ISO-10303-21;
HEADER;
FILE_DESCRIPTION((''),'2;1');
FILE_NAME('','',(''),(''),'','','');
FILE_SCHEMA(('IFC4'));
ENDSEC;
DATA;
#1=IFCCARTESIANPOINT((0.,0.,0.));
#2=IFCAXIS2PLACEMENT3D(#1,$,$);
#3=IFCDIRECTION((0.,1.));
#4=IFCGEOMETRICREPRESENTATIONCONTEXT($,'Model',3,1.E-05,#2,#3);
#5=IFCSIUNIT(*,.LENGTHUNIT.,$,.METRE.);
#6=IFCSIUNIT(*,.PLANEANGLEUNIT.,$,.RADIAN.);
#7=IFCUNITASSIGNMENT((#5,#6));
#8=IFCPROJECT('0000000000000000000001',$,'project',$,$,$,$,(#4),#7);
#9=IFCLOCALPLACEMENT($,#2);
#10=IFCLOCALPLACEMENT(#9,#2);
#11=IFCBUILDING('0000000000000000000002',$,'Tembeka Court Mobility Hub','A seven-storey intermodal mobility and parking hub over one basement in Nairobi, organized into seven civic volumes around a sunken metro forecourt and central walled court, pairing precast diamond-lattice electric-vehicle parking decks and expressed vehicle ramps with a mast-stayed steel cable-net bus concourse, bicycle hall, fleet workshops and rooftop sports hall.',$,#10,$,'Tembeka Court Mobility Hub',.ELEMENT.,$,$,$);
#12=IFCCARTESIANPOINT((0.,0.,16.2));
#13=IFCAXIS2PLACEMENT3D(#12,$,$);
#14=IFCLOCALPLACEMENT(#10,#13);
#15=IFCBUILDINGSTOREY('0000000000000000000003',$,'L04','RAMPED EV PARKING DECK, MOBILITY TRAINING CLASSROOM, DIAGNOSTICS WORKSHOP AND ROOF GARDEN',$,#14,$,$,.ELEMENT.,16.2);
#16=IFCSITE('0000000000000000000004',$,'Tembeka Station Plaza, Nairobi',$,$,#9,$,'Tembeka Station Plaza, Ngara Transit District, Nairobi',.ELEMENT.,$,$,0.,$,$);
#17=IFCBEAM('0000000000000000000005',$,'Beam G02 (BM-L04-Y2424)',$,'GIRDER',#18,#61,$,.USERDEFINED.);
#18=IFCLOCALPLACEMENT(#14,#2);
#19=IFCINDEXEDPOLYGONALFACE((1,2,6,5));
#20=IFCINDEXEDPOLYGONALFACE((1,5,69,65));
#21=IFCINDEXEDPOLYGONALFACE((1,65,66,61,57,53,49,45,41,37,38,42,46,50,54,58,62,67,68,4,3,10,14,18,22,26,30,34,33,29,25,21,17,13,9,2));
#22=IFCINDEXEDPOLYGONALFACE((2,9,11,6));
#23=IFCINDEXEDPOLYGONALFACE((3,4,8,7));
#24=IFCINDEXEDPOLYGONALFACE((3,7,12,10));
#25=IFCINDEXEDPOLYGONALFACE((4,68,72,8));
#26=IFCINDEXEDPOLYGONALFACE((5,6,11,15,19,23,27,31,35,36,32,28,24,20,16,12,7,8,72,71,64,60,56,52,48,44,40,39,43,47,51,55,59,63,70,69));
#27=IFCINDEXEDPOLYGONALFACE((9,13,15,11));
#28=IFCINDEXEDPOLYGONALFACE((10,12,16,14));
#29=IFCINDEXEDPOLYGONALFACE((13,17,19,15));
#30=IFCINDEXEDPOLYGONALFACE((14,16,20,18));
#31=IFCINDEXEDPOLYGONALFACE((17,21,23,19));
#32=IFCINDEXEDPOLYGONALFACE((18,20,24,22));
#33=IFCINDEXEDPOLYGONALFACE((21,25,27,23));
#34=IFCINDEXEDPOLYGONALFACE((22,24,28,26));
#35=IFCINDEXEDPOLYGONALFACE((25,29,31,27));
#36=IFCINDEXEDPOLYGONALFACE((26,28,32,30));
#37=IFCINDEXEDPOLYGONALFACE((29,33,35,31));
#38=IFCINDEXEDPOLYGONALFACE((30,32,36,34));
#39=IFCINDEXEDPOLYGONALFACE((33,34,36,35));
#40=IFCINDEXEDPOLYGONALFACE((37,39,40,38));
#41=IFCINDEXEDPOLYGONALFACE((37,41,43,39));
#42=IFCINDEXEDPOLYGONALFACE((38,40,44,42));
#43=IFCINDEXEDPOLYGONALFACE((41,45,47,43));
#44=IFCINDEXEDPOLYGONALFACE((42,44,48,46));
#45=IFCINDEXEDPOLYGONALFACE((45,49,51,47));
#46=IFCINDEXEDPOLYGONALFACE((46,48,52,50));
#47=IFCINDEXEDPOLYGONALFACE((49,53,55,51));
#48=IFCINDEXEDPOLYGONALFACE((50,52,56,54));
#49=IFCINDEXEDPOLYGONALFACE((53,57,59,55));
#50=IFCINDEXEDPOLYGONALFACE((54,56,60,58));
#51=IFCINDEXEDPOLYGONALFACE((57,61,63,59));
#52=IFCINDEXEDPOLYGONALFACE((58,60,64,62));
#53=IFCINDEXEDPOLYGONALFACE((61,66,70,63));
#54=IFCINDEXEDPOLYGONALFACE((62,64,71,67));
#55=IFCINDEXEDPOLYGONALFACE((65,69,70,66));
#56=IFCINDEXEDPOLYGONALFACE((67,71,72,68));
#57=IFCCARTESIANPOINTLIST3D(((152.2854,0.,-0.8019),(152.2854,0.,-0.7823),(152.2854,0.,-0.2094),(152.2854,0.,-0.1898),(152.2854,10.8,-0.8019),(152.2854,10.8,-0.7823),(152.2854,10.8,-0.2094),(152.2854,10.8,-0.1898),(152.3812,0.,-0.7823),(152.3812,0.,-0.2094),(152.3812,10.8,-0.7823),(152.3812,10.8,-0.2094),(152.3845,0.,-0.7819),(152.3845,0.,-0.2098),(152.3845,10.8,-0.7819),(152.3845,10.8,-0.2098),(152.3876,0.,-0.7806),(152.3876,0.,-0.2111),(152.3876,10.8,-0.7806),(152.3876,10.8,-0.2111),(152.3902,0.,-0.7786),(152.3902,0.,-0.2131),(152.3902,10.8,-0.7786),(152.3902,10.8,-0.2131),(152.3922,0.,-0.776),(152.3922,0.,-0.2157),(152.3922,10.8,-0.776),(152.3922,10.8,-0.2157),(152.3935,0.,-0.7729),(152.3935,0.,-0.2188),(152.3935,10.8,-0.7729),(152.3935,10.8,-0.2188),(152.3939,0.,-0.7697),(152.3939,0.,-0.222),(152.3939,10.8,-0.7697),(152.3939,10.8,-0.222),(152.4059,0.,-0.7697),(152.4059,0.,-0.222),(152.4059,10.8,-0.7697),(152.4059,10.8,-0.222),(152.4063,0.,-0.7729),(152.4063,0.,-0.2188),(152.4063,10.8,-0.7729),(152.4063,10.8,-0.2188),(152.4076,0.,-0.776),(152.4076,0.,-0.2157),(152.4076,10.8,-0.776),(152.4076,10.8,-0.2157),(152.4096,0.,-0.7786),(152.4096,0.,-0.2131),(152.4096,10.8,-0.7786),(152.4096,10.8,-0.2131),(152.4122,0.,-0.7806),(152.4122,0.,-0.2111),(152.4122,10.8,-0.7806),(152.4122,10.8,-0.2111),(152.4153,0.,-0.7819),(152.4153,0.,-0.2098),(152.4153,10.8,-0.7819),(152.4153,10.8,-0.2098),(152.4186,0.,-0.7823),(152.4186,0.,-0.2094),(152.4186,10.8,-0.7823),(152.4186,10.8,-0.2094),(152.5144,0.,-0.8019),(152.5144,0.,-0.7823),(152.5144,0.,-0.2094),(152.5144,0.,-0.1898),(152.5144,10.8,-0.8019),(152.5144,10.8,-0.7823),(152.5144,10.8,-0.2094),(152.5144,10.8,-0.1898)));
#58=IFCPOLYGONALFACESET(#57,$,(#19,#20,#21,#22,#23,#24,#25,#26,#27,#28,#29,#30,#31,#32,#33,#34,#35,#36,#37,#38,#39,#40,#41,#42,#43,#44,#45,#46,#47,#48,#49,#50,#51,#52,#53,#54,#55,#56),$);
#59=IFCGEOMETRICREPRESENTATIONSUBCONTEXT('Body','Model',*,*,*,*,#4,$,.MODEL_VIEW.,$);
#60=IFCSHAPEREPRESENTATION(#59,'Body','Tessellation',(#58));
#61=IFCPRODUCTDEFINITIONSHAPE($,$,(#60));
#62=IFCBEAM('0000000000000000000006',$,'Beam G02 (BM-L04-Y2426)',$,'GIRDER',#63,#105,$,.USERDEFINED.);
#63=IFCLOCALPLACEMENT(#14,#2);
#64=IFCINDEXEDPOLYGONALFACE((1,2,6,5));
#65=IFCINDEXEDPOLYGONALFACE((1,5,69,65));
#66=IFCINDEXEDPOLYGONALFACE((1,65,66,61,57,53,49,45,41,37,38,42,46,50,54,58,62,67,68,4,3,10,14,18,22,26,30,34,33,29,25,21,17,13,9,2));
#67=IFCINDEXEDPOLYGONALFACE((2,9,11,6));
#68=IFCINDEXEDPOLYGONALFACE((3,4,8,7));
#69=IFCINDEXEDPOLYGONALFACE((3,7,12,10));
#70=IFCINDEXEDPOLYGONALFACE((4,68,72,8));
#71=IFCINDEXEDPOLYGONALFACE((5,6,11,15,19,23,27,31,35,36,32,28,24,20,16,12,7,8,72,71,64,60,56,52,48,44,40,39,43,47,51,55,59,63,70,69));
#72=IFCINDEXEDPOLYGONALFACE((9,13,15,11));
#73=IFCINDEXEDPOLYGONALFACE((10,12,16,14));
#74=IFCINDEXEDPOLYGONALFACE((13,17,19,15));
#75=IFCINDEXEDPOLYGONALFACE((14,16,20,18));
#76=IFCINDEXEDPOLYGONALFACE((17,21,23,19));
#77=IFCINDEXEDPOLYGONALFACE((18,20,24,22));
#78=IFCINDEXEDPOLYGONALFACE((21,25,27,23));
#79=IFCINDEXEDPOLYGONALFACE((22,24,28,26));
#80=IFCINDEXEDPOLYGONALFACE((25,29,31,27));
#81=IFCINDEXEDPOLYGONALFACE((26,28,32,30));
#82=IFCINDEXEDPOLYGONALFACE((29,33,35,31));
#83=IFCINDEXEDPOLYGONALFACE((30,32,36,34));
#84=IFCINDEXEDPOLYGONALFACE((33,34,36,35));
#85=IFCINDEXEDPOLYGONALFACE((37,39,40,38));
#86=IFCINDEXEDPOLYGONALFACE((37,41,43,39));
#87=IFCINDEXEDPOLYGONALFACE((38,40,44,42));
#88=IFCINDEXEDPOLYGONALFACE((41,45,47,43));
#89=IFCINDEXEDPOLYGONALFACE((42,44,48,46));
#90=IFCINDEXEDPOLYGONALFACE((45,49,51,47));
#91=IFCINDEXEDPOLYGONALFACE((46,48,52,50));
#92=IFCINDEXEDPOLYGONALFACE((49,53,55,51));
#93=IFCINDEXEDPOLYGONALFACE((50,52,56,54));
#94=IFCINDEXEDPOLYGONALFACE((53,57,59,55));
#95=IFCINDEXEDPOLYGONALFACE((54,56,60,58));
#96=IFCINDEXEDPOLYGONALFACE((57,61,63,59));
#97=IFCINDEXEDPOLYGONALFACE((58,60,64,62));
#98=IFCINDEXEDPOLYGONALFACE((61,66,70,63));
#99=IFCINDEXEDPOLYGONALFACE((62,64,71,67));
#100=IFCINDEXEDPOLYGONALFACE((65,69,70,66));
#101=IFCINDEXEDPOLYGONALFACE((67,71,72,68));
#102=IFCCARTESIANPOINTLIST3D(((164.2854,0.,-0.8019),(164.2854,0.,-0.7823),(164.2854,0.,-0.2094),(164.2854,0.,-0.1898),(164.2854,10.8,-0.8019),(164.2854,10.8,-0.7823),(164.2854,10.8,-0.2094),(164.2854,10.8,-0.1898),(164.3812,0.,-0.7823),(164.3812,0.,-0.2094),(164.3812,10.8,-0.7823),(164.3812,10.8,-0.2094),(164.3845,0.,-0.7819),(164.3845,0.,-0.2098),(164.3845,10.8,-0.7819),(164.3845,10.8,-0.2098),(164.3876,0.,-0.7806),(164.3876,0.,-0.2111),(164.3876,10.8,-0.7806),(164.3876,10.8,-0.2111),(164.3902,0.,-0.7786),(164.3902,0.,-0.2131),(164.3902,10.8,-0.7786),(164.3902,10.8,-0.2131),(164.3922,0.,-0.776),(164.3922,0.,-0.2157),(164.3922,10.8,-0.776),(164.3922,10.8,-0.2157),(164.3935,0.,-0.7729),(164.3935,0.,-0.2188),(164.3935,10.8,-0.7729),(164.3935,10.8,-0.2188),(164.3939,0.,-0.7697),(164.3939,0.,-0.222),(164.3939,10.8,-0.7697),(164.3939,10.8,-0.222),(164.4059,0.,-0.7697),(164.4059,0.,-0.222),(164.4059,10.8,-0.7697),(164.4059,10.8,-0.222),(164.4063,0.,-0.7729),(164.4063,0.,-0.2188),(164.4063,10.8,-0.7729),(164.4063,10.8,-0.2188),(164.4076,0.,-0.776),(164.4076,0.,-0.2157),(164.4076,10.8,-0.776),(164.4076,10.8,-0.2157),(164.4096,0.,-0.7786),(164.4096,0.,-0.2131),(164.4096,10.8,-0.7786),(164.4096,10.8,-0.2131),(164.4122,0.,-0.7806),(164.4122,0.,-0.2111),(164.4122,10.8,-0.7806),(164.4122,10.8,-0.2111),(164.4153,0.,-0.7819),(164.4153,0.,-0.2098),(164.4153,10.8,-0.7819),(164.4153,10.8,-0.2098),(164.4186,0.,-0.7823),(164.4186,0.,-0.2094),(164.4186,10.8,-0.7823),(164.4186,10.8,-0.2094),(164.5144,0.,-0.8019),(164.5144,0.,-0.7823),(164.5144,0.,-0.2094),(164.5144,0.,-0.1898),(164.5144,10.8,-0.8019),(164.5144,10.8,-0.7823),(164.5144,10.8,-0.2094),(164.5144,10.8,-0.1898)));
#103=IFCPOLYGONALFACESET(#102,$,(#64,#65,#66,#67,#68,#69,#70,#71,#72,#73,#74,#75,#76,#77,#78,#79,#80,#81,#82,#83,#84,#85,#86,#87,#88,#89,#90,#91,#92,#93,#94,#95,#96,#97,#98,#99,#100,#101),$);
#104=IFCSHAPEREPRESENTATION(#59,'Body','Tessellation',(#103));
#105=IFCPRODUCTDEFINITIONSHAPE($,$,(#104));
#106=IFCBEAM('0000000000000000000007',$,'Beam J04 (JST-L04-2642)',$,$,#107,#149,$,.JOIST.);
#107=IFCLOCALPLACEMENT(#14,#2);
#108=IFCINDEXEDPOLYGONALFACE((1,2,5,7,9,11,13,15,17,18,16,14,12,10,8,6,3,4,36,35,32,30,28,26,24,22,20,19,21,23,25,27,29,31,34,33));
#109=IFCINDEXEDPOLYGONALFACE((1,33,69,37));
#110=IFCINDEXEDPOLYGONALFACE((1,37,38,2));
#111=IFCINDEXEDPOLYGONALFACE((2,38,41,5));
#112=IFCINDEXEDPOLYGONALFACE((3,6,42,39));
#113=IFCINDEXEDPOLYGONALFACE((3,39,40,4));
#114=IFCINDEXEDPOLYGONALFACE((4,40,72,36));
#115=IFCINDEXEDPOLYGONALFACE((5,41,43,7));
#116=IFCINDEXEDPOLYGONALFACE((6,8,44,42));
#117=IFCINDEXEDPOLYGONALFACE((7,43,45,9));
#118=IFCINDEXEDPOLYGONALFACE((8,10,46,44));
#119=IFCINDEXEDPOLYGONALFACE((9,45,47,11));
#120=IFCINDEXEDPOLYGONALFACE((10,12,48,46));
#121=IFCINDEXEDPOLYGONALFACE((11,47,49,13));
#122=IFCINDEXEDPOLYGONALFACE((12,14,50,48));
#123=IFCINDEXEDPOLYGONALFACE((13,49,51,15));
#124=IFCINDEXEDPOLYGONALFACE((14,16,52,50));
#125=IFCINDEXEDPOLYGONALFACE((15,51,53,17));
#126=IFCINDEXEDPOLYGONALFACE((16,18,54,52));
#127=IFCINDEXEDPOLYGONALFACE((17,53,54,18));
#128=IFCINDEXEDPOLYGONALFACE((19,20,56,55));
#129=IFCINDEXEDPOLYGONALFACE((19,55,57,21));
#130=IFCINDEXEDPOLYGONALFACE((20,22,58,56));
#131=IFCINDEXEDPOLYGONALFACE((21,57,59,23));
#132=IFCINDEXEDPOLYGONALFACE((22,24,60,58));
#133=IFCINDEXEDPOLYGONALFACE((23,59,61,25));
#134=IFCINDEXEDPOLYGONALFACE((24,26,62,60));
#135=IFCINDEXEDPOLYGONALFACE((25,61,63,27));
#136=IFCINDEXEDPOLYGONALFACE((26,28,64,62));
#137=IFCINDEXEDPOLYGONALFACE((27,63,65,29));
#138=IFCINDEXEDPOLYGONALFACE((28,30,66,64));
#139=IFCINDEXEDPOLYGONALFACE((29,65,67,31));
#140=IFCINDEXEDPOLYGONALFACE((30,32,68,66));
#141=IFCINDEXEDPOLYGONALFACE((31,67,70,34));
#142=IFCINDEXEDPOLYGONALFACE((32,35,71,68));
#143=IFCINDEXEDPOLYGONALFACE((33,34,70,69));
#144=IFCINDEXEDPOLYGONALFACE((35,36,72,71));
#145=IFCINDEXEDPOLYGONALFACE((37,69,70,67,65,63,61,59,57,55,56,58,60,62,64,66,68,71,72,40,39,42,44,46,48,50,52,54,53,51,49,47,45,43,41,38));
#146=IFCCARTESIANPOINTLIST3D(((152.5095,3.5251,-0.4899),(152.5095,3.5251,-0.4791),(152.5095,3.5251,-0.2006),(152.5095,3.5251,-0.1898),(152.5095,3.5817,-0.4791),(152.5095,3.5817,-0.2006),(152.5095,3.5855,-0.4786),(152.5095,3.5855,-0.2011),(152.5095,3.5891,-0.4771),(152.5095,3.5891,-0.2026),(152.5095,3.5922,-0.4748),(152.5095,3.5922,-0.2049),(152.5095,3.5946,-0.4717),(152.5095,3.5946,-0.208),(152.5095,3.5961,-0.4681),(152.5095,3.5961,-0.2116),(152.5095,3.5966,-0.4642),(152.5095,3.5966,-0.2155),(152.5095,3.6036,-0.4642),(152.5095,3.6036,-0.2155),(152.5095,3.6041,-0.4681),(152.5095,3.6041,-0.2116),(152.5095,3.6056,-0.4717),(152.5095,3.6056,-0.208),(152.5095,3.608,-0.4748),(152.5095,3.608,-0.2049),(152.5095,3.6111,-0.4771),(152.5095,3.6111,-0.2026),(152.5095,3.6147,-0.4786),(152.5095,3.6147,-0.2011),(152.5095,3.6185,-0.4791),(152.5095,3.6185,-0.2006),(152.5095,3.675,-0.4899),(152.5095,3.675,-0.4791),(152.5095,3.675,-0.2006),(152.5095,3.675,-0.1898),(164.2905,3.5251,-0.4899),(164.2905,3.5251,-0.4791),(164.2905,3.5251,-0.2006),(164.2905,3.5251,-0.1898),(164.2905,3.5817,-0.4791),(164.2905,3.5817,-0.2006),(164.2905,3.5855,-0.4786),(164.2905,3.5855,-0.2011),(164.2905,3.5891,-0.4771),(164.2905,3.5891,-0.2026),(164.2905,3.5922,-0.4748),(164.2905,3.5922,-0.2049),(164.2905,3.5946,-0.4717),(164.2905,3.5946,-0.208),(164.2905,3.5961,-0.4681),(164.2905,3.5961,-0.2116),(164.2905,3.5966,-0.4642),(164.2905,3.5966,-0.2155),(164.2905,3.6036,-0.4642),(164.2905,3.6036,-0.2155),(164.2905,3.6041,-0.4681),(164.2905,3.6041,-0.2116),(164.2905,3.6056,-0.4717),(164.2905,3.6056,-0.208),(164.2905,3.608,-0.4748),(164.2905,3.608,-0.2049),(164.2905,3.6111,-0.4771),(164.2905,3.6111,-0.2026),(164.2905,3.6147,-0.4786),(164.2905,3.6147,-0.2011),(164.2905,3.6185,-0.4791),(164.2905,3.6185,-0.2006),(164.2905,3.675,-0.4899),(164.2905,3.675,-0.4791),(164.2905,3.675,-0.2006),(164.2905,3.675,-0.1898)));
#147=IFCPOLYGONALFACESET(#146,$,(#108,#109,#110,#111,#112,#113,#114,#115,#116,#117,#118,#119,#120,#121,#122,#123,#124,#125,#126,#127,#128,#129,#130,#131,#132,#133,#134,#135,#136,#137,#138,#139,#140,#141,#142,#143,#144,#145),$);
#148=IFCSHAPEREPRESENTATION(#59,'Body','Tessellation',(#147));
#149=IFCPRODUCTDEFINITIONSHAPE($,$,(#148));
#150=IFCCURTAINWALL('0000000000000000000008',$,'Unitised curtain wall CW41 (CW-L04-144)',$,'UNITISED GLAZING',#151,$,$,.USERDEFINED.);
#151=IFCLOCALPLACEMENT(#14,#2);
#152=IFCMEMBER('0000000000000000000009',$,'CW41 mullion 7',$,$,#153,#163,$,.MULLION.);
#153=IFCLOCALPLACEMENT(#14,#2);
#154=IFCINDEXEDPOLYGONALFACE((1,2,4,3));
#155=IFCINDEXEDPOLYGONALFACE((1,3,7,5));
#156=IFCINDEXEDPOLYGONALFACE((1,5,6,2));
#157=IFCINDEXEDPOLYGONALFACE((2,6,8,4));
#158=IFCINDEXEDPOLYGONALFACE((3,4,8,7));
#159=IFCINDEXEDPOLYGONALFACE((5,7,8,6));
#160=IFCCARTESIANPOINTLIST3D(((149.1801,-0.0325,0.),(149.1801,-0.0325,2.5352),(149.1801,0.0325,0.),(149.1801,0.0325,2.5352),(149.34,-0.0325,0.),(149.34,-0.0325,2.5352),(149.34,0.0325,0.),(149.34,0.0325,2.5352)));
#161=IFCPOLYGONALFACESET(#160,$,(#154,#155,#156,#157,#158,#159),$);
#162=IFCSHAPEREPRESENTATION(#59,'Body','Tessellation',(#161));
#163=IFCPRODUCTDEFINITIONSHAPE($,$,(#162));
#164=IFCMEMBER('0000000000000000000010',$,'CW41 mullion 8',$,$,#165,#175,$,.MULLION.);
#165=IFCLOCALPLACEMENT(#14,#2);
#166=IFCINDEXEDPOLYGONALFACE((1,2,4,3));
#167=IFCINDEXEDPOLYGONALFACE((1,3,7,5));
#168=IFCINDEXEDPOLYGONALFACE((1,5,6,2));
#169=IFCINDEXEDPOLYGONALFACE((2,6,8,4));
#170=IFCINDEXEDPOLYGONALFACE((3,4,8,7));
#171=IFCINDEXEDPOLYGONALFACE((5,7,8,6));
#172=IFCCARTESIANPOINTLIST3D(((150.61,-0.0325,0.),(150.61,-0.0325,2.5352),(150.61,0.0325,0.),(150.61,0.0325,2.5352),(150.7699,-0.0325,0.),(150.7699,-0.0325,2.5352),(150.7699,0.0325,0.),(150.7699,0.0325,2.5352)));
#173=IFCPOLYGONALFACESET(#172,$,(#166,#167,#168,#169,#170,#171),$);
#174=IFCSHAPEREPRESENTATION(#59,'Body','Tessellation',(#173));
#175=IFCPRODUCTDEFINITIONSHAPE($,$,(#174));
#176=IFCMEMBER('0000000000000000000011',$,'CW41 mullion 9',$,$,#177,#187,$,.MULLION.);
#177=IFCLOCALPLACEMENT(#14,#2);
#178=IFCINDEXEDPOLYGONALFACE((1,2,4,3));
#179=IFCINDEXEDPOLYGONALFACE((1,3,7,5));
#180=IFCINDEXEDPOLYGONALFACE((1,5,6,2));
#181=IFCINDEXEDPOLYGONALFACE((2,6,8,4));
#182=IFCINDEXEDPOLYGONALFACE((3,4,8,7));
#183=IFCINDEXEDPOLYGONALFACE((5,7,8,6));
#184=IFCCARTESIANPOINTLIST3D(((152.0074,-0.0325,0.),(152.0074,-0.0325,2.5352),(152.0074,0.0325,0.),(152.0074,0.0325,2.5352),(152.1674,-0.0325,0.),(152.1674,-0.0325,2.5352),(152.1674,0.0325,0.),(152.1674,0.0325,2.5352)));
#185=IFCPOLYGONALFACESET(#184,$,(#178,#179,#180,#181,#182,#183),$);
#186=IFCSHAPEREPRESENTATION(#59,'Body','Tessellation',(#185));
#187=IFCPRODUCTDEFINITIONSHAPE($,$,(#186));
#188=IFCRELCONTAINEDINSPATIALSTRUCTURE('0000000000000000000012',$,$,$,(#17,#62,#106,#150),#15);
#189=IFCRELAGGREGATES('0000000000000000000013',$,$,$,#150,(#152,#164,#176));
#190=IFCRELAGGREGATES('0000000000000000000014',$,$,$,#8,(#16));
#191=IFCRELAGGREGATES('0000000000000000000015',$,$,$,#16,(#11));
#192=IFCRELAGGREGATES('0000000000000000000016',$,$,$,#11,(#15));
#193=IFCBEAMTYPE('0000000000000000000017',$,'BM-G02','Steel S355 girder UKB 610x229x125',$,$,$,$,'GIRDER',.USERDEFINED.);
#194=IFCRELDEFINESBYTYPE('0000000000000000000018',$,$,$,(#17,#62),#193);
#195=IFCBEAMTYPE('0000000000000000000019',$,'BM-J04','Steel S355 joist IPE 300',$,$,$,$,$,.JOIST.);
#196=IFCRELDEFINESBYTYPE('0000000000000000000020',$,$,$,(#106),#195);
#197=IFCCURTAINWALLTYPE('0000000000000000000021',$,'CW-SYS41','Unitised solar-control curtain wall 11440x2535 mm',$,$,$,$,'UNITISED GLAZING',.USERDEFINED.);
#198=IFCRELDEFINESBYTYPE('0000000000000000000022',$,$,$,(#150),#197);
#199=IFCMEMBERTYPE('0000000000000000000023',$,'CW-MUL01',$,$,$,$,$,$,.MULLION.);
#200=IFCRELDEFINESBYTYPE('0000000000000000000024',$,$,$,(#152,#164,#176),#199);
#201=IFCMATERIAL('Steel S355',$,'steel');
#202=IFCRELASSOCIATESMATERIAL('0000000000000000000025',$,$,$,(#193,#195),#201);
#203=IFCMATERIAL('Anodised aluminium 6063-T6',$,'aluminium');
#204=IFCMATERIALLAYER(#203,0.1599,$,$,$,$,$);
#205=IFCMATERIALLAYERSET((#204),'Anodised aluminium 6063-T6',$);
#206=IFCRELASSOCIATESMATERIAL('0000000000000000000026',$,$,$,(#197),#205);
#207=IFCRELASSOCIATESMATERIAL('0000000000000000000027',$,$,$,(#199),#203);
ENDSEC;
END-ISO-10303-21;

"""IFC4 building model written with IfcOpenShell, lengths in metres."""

from ifc_helpers import new_model, si_unit, direction, frame, origin, origin_2d, place, context, subcontext, project, spatial, rectangle, i_section, extrude, material, layer, layer_set, material_profile, profile_set, type_object, element, aggregate, save


model = new_model("IFC4")

# Units and contexts
model_context = context("Model", 3, precision=1e-05, world=origin(), true_north=direction((0.0, 1.0)))
body_context = subcontext(model_context, "Body", "Model", "MODEL_VIEW")
ifc_project = project(units=[si_unit("LENGTHUNIT", "METRE"), si_unit("PLANEANGLEUNIT", "RADIAN")], contexts=[model_context])

# Site, building, storey
site_placement = place(None, origin())
site = spatial("IfcSite", under=ifc_project, at=site_placement, Name="Tembeka Station Plaza, Nairobi", LongName="Tembeka Station Plaza, Ngara Transit District, Nairobi", CompositionType="ELEMENT", RefElevation=0.0)
building_placement = place(site_placement, origin())
building = spatial("IfcBuilding", under=site, at=building_placement, Name="Tembeka Court Mobility Hub", Description="A seven-storey intermodal mobility and parking hub over one basement in Nairobi, organized into seven civic volumes around a sunken metro forecourt and central walled court, pairing precast diamond-lattice electric-vehicle parking decks and expressed vehicle ramps with a mast-stayed steel cable-net bus concourse, bicycle hall, fleet workshops and rooftop sports hall.", LongName="Tembeka Court Mobility Hub", CompositionType="ELEMENT")
storey_placement = place(building_placement, frame((0.0, 0.0, 16.2)))
storey = spatial("IfcBuildingStorey", under=building, at=storey_placement, Name="L04", Description="RAMPED EV PARKING DECK, MOBILITY TRAINING CLASSROOM, DIAGNOSTICS WORKSHOP AND ROOF GARDEN", CompositionType="ELEMENT", Elevation=16.2)

# Shared definitions
ifc_material_1 = material(Name="Steel S355", Category="steel")

# Beams
ifc_material_profile_1 = material_profile(ifc_material_1, i_section(OverallWidth=0.229, OverallDepth=0.6121, WebThickness=0.012, FlangeThickness=0.0195, FilletRadius=0.0127, at=origin_2d()), Name="UKB 610x229x125")
ifc_profile_set_1 = profile_set([ifc_material_profile_1], Name="Steel S355")
beam_type_1 = type_object("IfcBeamType", Name="BM-G02", Description="Steel S355 girder UKB 610x229x125", ElementType="GIRDER", PredefinedType="USERDEFINED", material=ifc_profile_set_1)
for number, where, z_axis, x_axis, name in (
    (1, (152.3999, 0.0, -0.4958), (0.0, 1.0, 0.0), (-1.0, 0.0, 0.0), "Beam G02 (BM-L04-Y2424)"),
    (2, (164.3999, 0.0, -0.4958), (0.0, 1.0, 0.0), (-1.0, 0.0, 0.0), "Beam G02 (BM-L04-Y2426)"),
):
    element("IfcBeam", number, at=place(storey_placement, frame(where, z_axis=z_axis, x_axis=x_axis)), inside=storey, type_object=beam_type_1, Name=name, ObjectType="GIRDER", PredefinedType="USERDEFINED", context=body_context, shape_type="SweptSolid", body=[
        extrude(i_section(OverallWidth=0.229, OverallDepth=0.6121, WebThickness=0.012, FlangeThickness=0.0195, FilletRadius=0.0127, at=origin_2d()), origin(), (0.0, 0.0, 1.0), 10.8),
    ])
ifc_material_profile_2 = material_profile(ifc_material_1, i_section(OverallWidth=0.1499, OverallDepth=0.3, WebThickness=0.0071, FlangeThickness=0.0107, FilletRadius=0.0149, at=origin_2d()), Name="IPE 300")
ifc_profile_set_2 = profile_set([ifc_material_profile_2], Name="Steel S355")
beam_type_2 = type_object("IfcBeamType", Name="BM-J04", Description="Steel S355 joist IPE 300", PredefinedType="JOIST", material=ifc_profile_set_2)
beam_placement = place(storey_placement, frame((152.5095, 3.6001, -0.3398), z_axis=(1.0, 0.0, 0.0), x_axis=(0.0, 1.0, 0.0)))
element("IfcBeam", 3, at=beam_placement, inside=storey, type_object=beam_type_2, Name="Beam J04 (JST-L04-2642)", PredefinedType="JOIST", context=body_context, shape_type="SweptSolid", body=[
    extrude(i_section(OverallWidth=0.1499, OverallDepth=0.3, WebThickness=0.0071, FlangeThickness=0.0107, FilletRadius=0.0149, at=origin_2d()), origin(), (0.0, 0.0, 1.0), 11.781),
])

# Curtain wall, members
ifc_material_2 = material(Name="Anodised aluminium 6063-T6", Category="aluminium")
ifc_layer_1 = layer(ifc_material_2, 0.1599)
ifc_layer_set_1 = layer_set([ifc_layer_1], Name="Anodised aluminium 6063-T6")
curtain_wall_type = type_object("IfcCurtainWallType", Name="CW-SYS41", Description="Unitised solar-control curtain wall 11440x2535 mm", ElementType="UNITISED GLAZING", PredefinedType="USERDEFINED", material=ifc_layer_set_1)
curtain_wall_placement = place(storey_placement, origin())
curtain_wall = element("IfcCurtainWall", 4, at=curtain_wall_placement, inside=storey, type_object=curtain_wall_type, Name="Unitised curtain wall CW41 (CW-L04-144)", ObjectType="UNITISED GLAZING", PredefinedType="USERDEFINED")
ifc_material_profile_3 = material_profile(ifc_material_2, rectangle(XDim=0.0649, YDim=0.1599, at=origin_2d()), Name="ALU-MUL 65x160")
ifc_profile_set_3 = profile_set([ifc_material_profile_3], Name="Anodised aluminium 6063-T6")
member_type_1 = type_object("IfcMemberType", Name="CW-MUL01", PredefinedType="MULLION", material=ifc_profile_set_3)
member_1_placement = place(storey_placement, frame((149.26, 0.0, 0.0), z_axis=(0.0, 0.0, 1.0), x_axis=(0.0, 1.0, 0.0)))
member_1 = element("IfcMember", 5, at=member_1_placement, type_object=member_type_1, Name="CW41 mullion 7", PredefinedType="MULLION", context=body_context, shape_type="SweptSolid", body=[
    extrude(rectangle(XDim=0.0649, YDim=0.1599, at=origin_2d()), origin(), (0.0, 0.0, 1.0), 2.5352),
])
member_2_placement = place(storey_placement, frame((150.6899, 0.0, 0.0), z_axis=(0.0, 0.0, 1.0), x_axis=(0.0, 1.0, 0.0)))
member_2 = element("IfcMember", 6, at=member_2_placement, type_object=member_type_1, Name="CW41 mullion 8", PredefinedType="MULLION", context=body_context, shape_type="SweptSolid", body=[
    extrude(rectangle(XDim=0.0649, YDim=0.1599, at=origin_2d()), origin(), (0.0, 0.0, 1.0), 2.5352),
])
member_3_placement = place(storey_placement, frame((152.0874, 0.0, 0.0), z_axis=(0.0, 0.0, 1.0), x_axis=(0.0, 1.0, 0.0)))
member_3 = element("IfcMember", 7, at=member_3_placement, type_object=member_type_1, Name="CW41 mullion 9", PredefinedType="MULLION", context=body_context, shape_type="SweptSolid", body=[
    extrude(rectangle(XDim=0.0649, YDim=0.1599, at=origin_2d()), origin(), (0.0, 0.0, 1.0), 2.5352),
])

aggregate(curtain_wall, [member_1, member_2, member_3])

save(model, "model.ifc")
